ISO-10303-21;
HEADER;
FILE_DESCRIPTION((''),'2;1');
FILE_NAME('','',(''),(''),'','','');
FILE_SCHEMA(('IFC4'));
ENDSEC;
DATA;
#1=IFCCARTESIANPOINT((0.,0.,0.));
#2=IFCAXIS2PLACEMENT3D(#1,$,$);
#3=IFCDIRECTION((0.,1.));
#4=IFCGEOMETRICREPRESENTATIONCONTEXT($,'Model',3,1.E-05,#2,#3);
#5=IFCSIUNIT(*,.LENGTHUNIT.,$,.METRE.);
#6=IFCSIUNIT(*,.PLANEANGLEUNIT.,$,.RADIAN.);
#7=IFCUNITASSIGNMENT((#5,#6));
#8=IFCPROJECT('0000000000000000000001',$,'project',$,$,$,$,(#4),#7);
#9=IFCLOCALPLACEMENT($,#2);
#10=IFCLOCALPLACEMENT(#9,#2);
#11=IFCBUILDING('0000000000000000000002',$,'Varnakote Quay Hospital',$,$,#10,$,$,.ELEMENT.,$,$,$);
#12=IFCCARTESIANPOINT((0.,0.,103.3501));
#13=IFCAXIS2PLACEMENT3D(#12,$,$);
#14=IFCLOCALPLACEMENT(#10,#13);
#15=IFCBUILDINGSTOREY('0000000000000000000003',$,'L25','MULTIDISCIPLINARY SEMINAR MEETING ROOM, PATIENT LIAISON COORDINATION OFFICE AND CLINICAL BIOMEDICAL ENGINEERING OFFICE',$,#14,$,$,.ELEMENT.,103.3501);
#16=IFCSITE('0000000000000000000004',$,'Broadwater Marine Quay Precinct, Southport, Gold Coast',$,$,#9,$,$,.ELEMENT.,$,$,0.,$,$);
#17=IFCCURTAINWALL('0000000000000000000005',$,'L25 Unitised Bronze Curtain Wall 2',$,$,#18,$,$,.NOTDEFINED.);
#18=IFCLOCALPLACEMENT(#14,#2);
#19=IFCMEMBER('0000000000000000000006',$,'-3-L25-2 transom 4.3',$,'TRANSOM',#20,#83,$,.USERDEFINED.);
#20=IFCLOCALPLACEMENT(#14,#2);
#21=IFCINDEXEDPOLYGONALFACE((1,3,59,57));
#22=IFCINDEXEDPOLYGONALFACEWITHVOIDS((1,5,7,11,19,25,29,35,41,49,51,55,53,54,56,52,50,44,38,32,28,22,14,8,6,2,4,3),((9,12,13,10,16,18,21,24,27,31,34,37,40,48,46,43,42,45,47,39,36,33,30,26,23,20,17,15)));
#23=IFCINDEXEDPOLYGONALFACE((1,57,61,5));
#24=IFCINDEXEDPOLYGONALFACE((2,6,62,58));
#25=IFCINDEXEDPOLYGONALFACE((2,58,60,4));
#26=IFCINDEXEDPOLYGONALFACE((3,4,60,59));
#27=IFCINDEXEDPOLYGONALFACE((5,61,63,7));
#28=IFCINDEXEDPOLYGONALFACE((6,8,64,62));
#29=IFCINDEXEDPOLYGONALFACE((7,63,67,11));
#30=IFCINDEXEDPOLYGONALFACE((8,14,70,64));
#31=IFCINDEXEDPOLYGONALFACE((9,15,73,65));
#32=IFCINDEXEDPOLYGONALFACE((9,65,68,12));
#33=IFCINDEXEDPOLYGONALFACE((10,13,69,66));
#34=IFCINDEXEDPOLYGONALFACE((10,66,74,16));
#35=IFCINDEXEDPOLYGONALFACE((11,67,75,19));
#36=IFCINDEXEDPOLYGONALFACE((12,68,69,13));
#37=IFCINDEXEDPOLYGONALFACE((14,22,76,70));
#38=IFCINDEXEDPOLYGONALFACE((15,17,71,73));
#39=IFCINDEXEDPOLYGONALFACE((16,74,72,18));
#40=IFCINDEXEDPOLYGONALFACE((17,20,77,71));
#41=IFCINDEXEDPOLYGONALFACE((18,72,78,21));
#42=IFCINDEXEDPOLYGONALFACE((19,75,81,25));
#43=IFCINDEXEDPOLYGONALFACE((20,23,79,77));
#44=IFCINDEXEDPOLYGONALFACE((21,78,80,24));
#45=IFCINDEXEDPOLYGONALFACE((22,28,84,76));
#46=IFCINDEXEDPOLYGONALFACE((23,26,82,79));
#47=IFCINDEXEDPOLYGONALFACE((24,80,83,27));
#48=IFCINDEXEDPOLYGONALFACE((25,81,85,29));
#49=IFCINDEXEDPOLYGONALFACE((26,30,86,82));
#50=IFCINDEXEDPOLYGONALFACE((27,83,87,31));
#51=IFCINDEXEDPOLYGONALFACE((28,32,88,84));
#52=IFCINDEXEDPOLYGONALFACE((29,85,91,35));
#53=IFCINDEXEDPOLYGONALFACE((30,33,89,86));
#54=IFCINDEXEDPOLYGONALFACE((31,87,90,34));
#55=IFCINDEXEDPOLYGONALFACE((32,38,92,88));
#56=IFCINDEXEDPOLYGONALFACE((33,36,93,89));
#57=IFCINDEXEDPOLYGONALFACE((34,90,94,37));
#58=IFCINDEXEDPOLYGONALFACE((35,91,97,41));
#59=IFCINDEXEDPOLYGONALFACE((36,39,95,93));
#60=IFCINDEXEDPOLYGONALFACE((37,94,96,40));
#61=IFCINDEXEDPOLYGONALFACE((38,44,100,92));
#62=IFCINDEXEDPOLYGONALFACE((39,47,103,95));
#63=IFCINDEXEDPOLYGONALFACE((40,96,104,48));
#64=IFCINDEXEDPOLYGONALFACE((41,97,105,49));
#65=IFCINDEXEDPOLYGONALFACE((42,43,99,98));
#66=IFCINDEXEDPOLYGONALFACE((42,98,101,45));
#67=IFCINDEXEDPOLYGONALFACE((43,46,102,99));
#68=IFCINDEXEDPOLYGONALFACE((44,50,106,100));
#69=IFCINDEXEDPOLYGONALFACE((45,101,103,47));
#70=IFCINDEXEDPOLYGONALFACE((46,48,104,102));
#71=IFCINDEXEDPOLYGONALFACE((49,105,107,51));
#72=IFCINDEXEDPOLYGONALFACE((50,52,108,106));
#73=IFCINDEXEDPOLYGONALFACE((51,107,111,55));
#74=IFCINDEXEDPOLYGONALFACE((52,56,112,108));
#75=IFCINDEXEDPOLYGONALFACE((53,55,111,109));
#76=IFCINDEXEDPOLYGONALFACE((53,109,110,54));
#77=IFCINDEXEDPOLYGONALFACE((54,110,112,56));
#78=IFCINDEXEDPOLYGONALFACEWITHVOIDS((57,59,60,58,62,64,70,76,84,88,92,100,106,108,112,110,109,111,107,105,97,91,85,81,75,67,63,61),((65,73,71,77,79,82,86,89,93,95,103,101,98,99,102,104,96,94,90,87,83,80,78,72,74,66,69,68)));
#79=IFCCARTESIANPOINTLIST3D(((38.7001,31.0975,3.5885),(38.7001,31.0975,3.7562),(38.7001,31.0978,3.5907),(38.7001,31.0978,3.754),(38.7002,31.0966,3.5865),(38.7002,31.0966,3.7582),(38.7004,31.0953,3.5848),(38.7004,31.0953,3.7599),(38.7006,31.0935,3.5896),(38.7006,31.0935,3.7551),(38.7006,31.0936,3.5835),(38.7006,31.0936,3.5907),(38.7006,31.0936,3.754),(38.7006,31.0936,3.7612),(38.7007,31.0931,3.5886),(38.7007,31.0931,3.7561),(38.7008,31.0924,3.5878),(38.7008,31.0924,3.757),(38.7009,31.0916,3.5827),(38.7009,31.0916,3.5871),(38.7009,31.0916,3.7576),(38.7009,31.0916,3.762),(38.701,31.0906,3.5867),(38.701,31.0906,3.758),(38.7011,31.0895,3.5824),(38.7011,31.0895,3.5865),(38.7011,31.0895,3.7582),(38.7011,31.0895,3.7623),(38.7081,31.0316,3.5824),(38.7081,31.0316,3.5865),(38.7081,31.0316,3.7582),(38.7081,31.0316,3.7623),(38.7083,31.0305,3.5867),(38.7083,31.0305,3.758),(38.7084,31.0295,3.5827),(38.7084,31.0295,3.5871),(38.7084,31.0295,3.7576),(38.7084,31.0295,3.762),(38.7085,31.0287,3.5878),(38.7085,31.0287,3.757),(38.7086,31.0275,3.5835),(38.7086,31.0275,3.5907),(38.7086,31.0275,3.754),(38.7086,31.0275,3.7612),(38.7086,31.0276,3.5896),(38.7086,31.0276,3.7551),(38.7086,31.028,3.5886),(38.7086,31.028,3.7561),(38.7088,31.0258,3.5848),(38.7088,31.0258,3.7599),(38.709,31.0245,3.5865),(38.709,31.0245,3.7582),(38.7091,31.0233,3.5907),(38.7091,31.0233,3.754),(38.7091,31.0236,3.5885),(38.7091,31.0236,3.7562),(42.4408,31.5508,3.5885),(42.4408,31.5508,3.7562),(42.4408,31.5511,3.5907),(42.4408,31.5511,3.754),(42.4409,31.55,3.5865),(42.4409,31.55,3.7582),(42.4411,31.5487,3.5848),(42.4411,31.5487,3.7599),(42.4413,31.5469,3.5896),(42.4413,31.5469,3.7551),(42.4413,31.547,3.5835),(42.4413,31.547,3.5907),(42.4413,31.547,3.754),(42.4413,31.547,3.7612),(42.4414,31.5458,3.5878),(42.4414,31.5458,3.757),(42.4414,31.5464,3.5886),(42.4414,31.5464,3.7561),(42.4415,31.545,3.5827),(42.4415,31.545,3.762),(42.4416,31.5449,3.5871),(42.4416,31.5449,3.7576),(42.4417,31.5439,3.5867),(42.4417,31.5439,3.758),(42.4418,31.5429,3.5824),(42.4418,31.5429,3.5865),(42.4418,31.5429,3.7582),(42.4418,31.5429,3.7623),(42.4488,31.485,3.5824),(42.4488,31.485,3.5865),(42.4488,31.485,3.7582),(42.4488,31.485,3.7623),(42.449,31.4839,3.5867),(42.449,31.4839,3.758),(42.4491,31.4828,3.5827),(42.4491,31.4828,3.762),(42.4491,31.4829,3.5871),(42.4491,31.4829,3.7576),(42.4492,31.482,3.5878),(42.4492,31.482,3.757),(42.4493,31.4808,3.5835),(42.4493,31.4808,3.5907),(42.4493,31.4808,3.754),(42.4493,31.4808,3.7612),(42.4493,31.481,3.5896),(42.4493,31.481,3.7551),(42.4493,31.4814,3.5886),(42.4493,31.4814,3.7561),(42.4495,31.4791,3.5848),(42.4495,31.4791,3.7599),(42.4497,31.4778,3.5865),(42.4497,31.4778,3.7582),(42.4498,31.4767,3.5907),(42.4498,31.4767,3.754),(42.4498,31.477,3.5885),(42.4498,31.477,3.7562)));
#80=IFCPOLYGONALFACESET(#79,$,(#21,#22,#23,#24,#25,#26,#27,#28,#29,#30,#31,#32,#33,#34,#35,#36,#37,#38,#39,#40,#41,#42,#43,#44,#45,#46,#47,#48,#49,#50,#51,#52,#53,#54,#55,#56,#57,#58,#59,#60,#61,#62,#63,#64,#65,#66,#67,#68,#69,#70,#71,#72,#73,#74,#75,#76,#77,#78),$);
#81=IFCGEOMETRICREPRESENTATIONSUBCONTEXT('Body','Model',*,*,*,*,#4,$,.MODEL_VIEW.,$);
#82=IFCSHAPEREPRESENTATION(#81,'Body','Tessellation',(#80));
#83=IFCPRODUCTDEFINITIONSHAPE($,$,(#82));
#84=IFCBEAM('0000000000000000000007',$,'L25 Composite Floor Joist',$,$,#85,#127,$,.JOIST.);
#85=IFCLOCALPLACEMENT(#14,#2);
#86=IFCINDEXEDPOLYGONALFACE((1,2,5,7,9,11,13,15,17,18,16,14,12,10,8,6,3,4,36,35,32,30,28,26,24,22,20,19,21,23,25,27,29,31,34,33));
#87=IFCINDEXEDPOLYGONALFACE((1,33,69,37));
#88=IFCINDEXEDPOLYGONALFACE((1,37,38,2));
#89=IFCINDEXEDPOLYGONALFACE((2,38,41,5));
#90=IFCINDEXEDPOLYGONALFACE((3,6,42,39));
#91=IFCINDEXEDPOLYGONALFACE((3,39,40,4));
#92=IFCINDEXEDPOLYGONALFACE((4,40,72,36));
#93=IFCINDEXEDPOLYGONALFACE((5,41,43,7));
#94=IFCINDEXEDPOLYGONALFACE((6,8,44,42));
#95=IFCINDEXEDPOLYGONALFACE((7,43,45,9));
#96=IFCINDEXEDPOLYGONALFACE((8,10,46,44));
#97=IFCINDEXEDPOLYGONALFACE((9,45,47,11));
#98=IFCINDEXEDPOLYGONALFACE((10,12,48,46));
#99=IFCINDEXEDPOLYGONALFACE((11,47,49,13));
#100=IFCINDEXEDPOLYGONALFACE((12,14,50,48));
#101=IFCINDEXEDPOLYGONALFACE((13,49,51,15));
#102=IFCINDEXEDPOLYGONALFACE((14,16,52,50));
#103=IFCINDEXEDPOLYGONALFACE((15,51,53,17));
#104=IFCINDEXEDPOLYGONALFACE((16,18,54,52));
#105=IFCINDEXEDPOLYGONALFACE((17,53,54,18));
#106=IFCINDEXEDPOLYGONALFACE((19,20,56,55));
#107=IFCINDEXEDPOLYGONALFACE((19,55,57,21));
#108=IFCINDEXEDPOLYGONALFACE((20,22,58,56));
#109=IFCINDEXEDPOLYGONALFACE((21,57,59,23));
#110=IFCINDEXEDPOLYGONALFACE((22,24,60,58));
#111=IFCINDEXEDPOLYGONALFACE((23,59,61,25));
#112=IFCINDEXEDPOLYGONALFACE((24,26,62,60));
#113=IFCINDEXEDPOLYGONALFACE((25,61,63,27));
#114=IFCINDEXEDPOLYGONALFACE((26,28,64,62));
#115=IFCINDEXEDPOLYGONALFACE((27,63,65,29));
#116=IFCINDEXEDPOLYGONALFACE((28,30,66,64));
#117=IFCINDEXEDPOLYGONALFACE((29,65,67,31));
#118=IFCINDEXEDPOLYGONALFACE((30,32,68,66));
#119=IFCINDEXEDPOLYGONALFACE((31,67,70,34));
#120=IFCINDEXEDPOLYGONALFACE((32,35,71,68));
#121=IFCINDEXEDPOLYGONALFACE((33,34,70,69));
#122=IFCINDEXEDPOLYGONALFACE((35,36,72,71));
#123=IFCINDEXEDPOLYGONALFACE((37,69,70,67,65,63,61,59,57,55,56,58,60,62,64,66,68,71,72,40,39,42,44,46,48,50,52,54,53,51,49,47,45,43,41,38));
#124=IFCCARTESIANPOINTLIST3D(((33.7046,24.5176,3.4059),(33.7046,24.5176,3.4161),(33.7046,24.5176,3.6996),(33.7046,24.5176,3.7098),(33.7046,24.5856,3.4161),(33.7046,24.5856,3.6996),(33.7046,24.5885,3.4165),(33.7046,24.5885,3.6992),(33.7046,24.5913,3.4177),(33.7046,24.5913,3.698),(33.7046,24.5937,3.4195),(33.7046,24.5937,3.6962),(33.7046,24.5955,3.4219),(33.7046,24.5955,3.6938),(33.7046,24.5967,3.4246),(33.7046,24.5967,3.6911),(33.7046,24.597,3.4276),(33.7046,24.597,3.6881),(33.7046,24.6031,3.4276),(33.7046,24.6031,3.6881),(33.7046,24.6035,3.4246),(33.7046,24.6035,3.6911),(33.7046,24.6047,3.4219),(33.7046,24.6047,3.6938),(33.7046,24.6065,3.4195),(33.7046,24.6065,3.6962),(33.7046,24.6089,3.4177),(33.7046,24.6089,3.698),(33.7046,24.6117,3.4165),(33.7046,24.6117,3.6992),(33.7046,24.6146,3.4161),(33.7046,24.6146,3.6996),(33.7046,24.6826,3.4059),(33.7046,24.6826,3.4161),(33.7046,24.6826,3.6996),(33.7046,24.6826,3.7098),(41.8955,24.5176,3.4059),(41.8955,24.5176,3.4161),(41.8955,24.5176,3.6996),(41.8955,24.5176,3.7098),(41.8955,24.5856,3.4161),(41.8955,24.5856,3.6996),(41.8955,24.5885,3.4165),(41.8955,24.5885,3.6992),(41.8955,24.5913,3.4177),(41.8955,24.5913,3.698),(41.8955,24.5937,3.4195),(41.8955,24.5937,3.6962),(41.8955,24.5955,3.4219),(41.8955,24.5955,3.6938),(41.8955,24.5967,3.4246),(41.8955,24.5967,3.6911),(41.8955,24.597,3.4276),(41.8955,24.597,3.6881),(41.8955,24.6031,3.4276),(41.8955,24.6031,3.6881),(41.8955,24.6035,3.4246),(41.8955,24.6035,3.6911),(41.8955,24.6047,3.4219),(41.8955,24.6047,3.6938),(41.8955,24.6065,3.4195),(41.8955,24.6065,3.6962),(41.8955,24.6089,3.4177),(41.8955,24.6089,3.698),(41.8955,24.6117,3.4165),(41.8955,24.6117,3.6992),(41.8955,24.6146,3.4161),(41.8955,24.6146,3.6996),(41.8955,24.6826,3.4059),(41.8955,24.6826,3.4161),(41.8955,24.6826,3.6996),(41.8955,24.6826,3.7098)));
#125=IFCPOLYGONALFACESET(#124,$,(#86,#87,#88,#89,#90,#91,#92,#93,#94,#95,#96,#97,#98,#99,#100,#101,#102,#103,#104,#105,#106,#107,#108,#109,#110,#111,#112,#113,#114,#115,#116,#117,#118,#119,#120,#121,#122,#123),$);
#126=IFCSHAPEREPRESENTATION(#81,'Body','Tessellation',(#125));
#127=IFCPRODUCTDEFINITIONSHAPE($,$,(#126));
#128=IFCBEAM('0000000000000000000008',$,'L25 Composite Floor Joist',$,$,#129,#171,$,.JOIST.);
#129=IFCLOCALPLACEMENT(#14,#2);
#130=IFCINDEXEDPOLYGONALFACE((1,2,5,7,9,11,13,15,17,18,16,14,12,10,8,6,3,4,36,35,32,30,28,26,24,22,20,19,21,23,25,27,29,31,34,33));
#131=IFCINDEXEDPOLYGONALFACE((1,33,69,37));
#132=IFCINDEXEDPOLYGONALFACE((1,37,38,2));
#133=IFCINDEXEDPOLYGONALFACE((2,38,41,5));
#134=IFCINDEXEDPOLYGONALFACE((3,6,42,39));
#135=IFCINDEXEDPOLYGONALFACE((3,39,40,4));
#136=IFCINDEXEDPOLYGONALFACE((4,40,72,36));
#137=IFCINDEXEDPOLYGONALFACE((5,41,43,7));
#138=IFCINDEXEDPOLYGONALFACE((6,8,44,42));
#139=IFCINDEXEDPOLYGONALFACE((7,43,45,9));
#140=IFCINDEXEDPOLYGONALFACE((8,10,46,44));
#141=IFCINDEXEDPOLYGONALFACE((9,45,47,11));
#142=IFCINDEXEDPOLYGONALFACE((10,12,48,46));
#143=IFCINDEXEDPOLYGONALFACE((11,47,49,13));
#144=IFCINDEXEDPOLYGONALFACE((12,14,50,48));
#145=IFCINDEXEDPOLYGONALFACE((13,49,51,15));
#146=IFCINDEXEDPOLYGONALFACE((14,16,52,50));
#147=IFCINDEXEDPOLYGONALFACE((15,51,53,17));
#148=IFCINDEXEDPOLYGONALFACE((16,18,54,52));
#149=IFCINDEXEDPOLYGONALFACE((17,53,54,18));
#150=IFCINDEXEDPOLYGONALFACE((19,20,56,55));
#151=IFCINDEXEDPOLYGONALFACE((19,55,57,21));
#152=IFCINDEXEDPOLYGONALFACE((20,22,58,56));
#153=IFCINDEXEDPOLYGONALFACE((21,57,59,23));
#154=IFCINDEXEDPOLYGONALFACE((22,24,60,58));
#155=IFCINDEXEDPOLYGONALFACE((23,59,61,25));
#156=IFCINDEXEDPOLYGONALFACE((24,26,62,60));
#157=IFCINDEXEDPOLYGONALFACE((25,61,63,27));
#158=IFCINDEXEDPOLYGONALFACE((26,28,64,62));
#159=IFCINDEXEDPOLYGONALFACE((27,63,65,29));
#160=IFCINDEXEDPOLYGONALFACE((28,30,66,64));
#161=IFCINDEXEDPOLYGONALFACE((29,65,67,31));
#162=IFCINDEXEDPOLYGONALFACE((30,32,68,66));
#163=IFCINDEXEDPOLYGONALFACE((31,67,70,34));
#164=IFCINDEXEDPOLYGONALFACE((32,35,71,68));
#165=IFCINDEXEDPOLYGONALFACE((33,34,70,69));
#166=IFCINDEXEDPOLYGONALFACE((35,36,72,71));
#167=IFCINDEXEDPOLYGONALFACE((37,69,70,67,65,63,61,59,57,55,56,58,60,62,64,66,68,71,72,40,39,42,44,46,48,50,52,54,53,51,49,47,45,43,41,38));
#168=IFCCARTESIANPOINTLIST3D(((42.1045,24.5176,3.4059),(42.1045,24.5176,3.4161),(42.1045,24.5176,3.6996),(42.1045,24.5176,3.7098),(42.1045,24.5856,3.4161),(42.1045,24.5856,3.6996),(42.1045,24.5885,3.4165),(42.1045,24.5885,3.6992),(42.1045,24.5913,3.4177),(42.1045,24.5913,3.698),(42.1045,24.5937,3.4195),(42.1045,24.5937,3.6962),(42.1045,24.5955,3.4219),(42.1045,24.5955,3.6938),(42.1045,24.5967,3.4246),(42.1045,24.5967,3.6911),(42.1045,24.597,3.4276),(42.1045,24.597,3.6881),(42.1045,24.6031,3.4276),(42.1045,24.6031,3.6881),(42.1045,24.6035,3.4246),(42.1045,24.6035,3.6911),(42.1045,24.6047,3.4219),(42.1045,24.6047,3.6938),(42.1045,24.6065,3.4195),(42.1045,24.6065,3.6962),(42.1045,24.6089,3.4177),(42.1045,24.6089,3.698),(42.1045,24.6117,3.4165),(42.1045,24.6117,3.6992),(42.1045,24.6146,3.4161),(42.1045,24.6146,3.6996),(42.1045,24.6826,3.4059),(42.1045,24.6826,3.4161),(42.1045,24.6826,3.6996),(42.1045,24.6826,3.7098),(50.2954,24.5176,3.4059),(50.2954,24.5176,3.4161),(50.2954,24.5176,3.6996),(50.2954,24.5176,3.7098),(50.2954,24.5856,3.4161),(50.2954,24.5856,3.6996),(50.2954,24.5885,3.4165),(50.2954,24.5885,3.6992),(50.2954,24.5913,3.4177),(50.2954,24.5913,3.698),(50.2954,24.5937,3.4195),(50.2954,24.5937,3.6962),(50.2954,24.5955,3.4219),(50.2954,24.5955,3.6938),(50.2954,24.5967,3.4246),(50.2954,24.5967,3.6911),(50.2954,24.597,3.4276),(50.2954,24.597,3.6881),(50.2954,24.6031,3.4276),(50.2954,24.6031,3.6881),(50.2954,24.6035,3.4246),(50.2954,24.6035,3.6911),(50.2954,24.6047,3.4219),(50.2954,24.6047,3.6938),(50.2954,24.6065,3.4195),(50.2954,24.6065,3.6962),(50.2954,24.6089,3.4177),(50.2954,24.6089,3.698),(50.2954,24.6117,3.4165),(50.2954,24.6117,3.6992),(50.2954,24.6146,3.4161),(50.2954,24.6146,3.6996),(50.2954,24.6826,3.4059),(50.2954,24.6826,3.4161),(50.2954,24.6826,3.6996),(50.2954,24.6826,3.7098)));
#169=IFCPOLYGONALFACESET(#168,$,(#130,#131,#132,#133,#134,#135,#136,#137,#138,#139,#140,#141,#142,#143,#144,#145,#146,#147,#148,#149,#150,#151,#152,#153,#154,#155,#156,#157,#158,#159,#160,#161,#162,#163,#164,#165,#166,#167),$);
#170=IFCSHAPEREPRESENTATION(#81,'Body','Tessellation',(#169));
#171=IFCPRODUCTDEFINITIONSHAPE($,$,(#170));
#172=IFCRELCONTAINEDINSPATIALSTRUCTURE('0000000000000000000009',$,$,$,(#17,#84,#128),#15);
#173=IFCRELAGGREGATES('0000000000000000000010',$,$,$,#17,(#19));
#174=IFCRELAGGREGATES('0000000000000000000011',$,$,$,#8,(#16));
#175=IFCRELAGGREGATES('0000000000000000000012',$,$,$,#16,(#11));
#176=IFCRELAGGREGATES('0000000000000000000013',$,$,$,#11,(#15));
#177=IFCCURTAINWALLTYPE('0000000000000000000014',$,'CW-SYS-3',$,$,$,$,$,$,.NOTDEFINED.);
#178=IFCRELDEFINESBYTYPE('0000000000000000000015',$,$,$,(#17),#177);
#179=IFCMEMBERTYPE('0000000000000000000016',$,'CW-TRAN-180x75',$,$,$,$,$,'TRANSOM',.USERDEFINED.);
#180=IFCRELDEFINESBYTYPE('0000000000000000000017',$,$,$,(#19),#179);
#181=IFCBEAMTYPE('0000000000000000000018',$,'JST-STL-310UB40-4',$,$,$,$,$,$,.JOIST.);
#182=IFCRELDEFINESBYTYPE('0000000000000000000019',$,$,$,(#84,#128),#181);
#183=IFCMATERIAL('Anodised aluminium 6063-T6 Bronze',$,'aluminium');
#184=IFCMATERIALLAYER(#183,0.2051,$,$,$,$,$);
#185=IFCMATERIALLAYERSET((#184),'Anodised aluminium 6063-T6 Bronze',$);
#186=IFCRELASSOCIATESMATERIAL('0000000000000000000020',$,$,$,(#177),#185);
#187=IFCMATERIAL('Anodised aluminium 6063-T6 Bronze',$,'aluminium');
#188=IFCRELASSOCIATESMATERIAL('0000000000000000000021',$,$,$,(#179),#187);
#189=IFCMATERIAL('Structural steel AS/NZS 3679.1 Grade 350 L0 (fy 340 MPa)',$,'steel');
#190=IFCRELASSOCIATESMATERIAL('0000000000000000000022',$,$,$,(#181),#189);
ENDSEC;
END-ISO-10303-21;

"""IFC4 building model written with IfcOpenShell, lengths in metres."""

from ifc_helpers import new_model, si_unit, direction, frame, origin, origin_2d, place, context, subcontext, project, spatial, hollow_rectangle, i_section, extrude, material, layer, layer_set, material_profile, profile_set, type_object, element, aggregate, save


model = new_model("IFC4")

# Units and contexts
model_context = context("Model", 3, precision=1e-05, world=origin(), true_north=direction((0.0, 1.0)))
body_context = subcontext(model_context, "Body", "Model", "MODEL_VIEW")
ifc_project = project(units=[si_unit("LENGTHUNIT", "METRE"), si_unit("PLANEANGLEUNIT", "RADIAN")], contexts=[model_context])

# Site, building, storey
site_placement = place(None, origin())
site = spatial("IfcSite", under=ifc_project, at=site_placement, Name="Broadwater Marine Quay Precinct, Southport, Gold Coast", CompositionType="ELEMENT", RefElevation=0.0)
building_placement = place(site_placement, origin())
building = spatial("IfcBuilding", under=site, at=building_placement, Name="Varnakote Quay Hospital", CompositionType="ELEMENT")
storey_placement = place(building_placement, frame((0.0, 0.0, 103.3501)))
storey = spatial("IfcBuildingStorey", under=building, at=storey_placement, Name="L25", Description="MULTIDISCIPLINARY SEMINAR MEETING ROOM, PATIENT LIAISON COORDINATION OFFICE AND CLINICAL BIOMEDICAL ENGINEERING OFFICE", CompositionType="ELEMENT", Elevation=103.3501)

# Curtain wall, member
ifc_material_1 = material(Name="Anodised aluminium 6063-T6 Bronze", Category="aluminium")
ifc_layer_1 = layer(ifc_material_1, 0.2051)
ifc_layer_set_1 = layer_set([ifc_layer_1], Name="Anodised aluminium 6063-T6 Bronze")
curtain_wall_type = type_object("IfcCurtainWallType", Name="CW-SYS-3", PredefinedType="NOTDEFINED", material=ifc_layer_set_1)
curtain_wall_placement = place(storey_placement, origin())
curtain_wall = element("IfcCurtainWall", 1, at=curtain_wall_placement, inside=storey, type_object=curtain_wall_type, Name="L25 Unitised Bronze Curtain Wall 2", PredefinedType="NOTDEFINED")
ifc_material_2 = material(Name="Anodised aluminium 6063-T6 Bronze", Category="aluminium")
ifc_material_profile_1 = material_profile(ifc_material_2, hollow_rectangle(XDim=0.075, YDim=0.1799, WallThickness=0.0042, InnerFilletRadius=0.0042, OuterFilletRadius=0.0083, at=origin_2d()), Name="CW-TRAN-180x75")
ifc_profile_set_1 = profile_set([ifc_material_profile_1], Name="Anodised aluminium 6063-T6 Bronze")
member_type_1 = type_object("IfcMemberType", Name="CW-TRAN-180x75", ElementType="TRANSOM", PredefinedType="USERDEFINED", material=ifc_profile_set_1)
member_1_placement = place(storey_placement, frame((42.4453, 31.5139, 3.6724), z_axis=(-0.992735, -0.120318, 0.0), x_axis=(0.120318, -0.992735, 0.0)))
member_1 = element("IfcMember", 2, at=member_1_placement, type_object=member_type_1, Name="-3-L25-2 transom 4.3", ObjectType="TRANSOM", PredefinedType="USERDEFINED", context=body_context, shape_type="SweptSolid", body=[
    extrude(hollow_rectangle(XDim=0.075, YDim=0.1799, WallThickness=0.0042, InnerFilletRadius=0.0042, OuterFilletRadius=0.0083, at=origin_2d()), origin(), (0.0, 0.0, 1.0), 3.7681),
])

# Beams
ifc_material_3 = material(Name="Structural steel AS/NZS 3679.1 Grade 350 L0 (fy 340 MPa)", Category="steel")
ifc_material_profile_2 = material_profile(ifc_material_3, i_section(OverallWidth=0.165, OverallDepth=0.304, WebThickness=0.0061, FlangeThickness=0.0103, FilletRadius=0.0115, at=origin_2d()), Name="310UB40.4")
ifc_profile_set_2 = profile_set([ifc_material_profile_2], Name="Structural steel AS/NZS 3679.1 Grade 350 L0 (fy 340 MPa)")
beam_type_1 = type_object("IfcBeamType", Name="JST-STL-310UB40-4", PredefinedType="JOIST", material=ifc_profile_set_2)
for number, where, z_axis, x_axis, name in (
    (3, (33.7046, 24.6001, 3.5579), (1.0, 0.0, 0.0), (0.0, 1.0, 0.0), "L25 Composite Floor Joist"),
    (4, (42.1045, 24.6001, 3.5579), (1.0, 0.0, 0.0), (0.0, 1.0, 0.0), "L25 Composite Floor Joist"),
):
    element("IfcBeam", number, at=place(storey_placement, frame(where, z_axis=z_axis, x_axis=x_axis)), inside=storey, type_object=beam_type_1, Name=name, PredefinedType="JOIST", context=body_context, shape_type="SweptSolid", body=[
        extrude(i_section(OverallWidth=0.165, OverallDepth=0.304, WebThickness=0.0061, FlangeThickness=0.0103, FilletRadius=0.0115, at=origin_2d()), origin(), (0.0, 0.0, 1.0), 8.1909),
    ])

aggregate(curtain_wall, [member_1])

save(model, "model.ifc")
